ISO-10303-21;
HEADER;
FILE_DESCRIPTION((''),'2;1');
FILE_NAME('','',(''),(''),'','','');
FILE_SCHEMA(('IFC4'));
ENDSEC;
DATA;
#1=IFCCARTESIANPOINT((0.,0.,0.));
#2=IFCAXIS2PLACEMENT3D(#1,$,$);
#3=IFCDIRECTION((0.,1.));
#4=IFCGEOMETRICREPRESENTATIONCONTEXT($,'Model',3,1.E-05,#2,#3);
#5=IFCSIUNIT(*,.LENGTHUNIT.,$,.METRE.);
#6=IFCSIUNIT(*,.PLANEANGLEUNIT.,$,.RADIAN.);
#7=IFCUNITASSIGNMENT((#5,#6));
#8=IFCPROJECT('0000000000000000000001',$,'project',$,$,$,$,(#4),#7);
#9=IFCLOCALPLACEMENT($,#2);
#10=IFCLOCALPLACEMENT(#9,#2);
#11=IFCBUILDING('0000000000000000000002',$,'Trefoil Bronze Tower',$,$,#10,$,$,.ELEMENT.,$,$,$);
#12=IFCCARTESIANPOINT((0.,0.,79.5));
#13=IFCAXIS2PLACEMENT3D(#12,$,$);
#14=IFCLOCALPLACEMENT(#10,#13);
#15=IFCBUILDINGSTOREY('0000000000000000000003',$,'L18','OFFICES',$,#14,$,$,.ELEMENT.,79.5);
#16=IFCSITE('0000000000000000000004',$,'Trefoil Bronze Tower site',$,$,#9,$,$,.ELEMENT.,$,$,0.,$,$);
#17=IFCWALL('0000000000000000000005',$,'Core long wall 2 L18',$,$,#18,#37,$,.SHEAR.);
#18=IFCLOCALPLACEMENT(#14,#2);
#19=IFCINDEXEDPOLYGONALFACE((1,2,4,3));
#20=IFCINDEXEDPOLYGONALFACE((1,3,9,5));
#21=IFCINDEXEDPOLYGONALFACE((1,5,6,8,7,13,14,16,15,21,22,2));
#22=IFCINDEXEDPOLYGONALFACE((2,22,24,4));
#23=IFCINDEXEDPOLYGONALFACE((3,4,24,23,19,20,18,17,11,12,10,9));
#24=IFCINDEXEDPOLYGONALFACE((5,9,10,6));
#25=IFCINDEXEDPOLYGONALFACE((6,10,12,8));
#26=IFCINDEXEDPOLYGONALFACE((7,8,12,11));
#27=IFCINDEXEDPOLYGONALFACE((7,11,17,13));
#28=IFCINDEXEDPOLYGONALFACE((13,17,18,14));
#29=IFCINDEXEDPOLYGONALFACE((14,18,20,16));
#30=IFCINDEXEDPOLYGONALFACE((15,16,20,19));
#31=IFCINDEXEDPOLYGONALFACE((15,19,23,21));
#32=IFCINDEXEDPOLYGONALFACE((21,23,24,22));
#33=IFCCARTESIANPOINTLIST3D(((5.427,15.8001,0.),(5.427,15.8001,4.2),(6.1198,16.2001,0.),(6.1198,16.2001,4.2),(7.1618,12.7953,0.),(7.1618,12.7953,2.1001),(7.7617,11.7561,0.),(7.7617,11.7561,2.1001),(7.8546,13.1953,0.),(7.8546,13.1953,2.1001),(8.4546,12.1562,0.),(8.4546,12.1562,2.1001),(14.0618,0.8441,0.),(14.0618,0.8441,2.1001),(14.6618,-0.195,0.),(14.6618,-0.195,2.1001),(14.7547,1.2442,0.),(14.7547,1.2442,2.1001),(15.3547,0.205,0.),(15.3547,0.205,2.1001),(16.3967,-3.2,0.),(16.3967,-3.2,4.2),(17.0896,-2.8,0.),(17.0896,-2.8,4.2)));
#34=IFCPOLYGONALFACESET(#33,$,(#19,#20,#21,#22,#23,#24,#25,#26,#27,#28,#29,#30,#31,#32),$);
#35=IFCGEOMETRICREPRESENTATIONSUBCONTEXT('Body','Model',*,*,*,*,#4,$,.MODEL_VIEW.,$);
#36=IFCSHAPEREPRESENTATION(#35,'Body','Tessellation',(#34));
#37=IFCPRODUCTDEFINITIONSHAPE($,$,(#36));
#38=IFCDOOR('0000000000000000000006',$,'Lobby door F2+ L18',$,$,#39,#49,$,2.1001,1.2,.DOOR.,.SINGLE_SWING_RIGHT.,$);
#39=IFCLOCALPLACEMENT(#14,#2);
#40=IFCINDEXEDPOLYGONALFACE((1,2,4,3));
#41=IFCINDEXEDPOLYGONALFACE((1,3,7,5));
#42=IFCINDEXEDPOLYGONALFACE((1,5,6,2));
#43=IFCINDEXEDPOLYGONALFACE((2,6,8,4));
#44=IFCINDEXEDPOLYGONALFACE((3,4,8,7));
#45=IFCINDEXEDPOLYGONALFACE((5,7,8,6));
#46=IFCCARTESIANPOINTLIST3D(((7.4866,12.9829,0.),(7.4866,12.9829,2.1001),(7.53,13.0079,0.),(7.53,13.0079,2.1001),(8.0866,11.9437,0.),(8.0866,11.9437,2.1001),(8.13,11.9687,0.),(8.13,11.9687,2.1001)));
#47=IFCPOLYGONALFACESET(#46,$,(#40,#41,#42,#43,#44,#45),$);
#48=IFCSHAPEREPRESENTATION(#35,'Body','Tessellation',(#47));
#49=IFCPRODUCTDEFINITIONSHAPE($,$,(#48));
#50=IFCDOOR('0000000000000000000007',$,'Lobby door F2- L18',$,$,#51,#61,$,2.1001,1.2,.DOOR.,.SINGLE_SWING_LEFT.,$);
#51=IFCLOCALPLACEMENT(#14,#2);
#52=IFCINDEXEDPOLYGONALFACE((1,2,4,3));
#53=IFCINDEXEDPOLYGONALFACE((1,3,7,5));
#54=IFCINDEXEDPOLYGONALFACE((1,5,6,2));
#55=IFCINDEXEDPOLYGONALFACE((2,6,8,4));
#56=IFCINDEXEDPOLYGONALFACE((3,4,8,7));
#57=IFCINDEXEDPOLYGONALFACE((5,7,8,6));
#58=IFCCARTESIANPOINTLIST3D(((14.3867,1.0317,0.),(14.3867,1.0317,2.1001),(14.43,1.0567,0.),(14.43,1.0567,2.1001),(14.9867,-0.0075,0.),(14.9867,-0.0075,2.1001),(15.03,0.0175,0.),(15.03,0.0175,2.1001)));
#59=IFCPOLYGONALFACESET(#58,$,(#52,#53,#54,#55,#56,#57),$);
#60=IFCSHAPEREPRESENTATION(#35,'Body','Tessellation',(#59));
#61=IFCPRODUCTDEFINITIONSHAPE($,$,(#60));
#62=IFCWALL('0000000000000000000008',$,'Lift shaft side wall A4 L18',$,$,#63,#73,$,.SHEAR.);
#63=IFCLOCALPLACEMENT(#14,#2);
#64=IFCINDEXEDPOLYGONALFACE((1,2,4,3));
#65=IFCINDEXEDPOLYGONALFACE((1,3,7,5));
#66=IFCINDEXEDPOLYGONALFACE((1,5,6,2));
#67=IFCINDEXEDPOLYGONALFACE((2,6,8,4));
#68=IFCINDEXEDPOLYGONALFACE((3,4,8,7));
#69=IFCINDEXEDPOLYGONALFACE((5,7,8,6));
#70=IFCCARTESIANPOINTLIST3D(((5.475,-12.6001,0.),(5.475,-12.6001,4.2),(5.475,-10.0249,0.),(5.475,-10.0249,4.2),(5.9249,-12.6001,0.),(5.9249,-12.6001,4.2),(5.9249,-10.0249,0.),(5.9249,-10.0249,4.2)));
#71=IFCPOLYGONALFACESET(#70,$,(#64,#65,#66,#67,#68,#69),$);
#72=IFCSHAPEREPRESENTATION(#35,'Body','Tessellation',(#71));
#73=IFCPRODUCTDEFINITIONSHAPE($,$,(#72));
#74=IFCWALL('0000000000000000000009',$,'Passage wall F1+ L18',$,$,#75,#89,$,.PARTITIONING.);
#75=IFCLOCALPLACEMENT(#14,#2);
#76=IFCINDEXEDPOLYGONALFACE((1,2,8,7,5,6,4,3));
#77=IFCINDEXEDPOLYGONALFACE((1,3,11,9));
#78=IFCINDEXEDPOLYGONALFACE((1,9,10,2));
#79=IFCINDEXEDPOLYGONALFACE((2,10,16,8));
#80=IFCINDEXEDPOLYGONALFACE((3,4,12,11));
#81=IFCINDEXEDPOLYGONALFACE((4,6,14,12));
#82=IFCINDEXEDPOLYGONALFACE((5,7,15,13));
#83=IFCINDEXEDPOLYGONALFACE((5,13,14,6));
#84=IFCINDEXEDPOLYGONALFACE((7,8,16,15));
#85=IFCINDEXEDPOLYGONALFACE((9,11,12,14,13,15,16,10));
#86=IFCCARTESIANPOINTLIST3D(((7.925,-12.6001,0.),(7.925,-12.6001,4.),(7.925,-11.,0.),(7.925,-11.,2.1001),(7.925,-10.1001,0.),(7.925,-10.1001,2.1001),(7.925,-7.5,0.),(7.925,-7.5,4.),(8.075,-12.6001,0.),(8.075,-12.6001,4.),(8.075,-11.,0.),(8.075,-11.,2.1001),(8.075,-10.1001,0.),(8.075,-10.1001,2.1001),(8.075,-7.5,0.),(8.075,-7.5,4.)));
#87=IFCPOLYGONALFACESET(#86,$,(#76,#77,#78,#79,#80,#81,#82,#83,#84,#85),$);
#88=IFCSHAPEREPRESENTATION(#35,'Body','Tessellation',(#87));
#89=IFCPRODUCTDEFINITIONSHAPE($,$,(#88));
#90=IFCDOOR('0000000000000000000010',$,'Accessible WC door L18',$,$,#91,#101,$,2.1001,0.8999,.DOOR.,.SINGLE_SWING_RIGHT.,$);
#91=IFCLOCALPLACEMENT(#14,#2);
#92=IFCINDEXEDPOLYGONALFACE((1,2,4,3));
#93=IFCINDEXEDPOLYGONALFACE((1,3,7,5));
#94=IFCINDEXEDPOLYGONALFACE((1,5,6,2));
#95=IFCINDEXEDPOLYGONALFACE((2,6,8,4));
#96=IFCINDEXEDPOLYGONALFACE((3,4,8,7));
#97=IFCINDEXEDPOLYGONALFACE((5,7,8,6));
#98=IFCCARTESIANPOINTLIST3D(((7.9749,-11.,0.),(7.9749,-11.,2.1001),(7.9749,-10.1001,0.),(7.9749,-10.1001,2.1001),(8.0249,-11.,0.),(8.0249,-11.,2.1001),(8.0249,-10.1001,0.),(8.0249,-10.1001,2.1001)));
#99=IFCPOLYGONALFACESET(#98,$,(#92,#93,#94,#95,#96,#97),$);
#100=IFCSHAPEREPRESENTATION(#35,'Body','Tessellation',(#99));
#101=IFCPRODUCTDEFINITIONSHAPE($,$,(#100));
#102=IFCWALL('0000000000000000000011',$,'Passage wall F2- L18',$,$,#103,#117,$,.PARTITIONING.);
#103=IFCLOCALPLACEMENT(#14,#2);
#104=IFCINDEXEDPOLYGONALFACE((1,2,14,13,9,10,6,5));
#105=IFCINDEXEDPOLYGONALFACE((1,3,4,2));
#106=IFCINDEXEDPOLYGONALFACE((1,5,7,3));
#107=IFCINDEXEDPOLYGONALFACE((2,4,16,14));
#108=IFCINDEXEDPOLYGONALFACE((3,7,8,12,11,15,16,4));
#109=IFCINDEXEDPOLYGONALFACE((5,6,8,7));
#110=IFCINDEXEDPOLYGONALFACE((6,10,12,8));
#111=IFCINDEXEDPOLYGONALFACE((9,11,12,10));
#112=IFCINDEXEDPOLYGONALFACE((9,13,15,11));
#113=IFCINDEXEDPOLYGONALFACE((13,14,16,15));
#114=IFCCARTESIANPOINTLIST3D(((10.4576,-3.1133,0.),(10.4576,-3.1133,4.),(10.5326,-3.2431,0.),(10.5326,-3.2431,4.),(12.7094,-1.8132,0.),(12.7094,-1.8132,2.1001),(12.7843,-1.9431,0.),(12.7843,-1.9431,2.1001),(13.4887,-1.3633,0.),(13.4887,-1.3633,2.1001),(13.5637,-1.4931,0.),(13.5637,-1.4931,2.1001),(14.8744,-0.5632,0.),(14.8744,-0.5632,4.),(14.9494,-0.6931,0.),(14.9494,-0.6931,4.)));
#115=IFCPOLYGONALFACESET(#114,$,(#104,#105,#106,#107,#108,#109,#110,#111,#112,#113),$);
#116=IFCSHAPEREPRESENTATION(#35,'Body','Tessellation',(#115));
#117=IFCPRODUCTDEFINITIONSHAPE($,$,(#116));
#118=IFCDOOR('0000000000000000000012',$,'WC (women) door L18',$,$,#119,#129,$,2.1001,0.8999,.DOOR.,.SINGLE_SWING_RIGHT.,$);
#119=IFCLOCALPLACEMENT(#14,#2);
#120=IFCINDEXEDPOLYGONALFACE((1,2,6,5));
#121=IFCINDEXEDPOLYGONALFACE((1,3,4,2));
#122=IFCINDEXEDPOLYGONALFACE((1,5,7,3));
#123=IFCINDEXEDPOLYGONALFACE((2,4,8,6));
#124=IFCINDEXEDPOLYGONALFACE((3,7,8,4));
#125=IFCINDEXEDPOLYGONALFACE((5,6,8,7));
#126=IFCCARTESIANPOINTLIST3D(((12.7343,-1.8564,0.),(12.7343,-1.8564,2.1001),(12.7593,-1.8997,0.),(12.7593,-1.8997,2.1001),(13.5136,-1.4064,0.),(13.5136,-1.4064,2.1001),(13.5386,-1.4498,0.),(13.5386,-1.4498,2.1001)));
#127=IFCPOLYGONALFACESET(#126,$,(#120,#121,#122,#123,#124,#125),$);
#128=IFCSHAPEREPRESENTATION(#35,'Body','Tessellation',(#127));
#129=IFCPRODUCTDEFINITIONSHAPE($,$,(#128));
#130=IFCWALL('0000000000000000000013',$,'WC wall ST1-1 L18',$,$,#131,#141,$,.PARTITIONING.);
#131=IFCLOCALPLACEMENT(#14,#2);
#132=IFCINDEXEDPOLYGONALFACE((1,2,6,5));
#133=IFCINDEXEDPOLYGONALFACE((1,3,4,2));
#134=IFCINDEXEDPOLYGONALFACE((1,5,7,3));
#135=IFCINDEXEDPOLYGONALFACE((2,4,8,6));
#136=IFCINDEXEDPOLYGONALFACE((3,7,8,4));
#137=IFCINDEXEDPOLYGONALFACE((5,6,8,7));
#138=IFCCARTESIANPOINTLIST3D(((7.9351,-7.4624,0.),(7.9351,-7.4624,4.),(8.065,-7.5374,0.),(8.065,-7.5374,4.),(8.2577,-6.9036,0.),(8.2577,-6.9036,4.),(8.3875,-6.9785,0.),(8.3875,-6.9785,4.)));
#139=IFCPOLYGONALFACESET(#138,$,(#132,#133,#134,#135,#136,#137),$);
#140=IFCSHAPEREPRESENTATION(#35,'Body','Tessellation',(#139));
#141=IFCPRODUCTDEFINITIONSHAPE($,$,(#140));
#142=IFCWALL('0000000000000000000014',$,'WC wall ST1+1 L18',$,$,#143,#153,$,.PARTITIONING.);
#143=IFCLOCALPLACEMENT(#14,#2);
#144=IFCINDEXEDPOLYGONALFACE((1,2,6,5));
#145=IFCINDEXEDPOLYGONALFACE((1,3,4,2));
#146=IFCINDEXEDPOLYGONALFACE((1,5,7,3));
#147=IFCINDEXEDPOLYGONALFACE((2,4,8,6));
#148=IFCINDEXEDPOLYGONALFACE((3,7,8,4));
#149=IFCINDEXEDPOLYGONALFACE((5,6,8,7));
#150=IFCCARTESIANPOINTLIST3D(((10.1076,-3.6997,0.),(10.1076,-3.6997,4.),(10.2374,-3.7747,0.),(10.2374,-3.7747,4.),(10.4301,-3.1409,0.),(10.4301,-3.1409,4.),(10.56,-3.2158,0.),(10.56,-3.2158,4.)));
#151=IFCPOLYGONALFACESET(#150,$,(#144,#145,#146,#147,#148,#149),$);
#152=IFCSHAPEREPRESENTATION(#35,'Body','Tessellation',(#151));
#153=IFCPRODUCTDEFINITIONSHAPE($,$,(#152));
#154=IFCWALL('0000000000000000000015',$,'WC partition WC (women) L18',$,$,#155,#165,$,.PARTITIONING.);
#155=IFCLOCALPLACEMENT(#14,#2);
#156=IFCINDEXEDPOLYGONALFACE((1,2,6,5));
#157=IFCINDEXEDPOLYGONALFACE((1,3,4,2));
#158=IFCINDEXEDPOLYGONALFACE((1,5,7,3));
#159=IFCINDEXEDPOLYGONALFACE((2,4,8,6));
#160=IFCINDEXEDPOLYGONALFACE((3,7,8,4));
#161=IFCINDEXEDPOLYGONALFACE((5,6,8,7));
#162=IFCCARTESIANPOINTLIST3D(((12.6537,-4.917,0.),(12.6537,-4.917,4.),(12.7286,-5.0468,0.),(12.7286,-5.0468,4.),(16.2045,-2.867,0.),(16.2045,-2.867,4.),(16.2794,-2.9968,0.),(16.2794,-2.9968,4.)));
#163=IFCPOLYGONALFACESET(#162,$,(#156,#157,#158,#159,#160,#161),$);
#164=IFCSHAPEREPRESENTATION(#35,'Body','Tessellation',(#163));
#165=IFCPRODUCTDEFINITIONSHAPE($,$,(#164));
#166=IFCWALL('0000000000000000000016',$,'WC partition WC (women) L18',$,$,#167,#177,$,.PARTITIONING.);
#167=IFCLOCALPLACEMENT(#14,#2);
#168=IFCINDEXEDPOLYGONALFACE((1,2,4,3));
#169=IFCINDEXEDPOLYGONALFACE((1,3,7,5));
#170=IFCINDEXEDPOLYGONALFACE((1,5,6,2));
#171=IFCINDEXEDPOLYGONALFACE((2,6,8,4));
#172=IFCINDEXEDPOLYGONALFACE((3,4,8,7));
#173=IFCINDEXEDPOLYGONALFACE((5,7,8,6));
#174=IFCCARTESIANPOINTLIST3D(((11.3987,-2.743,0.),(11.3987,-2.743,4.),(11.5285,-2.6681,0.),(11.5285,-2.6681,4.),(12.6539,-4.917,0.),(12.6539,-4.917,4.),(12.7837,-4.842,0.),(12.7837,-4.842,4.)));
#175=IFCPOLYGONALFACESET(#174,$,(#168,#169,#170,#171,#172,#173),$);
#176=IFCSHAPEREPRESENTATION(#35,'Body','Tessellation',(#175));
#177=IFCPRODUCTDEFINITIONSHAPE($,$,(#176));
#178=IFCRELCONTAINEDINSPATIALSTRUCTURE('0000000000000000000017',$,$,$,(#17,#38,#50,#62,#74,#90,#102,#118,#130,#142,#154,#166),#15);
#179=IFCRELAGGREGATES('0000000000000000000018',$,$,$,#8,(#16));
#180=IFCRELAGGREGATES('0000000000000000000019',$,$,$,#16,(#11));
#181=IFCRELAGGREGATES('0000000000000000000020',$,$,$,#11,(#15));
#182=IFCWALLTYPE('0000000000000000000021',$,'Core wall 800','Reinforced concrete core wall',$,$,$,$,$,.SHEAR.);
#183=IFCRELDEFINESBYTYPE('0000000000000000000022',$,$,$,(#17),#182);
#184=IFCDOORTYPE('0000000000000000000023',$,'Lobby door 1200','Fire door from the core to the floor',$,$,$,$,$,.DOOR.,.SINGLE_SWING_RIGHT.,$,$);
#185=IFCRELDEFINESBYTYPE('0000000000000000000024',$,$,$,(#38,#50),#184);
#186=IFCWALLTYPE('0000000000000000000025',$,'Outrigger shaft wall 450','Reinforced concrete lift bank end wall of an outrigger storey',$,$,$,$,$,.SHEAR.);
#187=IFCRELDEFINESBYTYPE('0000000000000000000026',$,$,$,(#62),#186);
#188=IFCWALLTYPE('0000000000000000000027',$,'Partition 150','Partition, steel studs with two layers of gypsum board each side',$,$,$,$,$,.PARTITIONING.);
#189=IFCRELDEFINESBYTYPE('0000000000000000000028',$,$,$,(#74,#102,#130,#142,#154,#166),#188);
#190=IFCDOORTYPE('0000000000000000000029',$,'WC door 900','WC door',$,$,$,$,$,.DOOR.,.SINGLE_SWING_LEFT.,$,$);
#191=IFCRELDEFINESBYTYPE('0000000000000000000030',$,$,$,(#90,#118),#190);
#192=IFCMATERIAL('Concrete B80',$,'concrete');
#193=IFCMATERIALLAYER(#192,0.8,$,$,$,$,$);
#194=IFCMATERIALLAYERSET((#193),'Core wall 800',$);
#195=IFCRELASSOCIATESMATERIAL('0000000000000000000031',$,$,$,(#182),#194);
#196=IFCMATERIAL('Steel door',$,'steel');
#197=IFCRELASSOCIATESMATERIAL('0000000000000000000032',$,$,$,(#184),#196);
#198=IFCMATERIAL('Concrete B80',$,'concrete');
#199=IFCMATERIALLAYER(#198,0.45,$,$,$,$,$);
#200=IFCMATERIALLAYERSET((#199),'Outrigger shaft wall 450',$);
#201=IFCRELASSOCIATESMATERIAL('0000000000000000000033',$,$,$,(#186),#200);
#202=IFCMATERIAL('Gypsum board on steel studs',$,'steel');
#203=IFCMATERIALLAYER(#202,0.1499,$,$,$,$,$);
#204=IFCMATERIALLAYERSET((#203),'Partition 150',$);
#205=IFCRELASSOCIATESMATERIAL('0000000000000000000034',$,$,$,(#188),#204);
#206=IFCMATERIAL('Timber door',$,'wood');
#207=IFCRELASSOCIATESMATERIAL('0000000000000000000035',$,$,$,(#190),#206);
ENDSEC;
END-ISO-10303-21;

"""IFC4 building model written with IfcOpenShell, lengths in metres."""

from ifc_helpers import new_model, si_unit, direction, frame, frame_2d, origin, place, context, subcontext, project, spatial, rectangle, extrude, material, layer, layer_set, type_object, element, fill, save


model = new_model("IFC4")

# Units and contexts
model_context = context("Model", 3, precision=1e-05, world=origin(), true_north=direction((0.0, 1.0)))
body_context = subcontext(model_context, "Body", "Model", "MODEL_VIEW")
ifc_project = project(units=[si_unit("LENGTHUNIT", "METRE"), si_unit("PLANEANGLEUNIT", "RADIAN")], contexts=[model_context])

# Site, building, storey
site_placement = place(None, origin())
site = spatial("IfcSite", under=ifc_project, at=site_placement, Name="Trefoil Bronze Tower site", CompositionType="ELEMENT", RefElevation=0.0)
building_placement = place(site_placement, origin())
building = spatial("IfcBuilding", under=site, at=building_placement, Name="Trefoil Bronze Tower", CompositionType="ELEMENT")
storey_placement = place(building_placement, frame((0.0, 0.0, 79.5)))
storey = spatial("IfcBuildingStorey", under=building, at=storey_placement, Name="L18", Description="OFFICES", CompositionType="ELEMENT", Elevation=79.5)

# Shared definitions
ifc_material_1 = material(Name="Concrete B80", Category="concrete")
ifc_layer_1 = layer(ifc_material_1, 0.8)
ifc_layer_set_1 = layer_set([ifc_layer_1], Name="Core wall 800")
wall_type_1 = type_object("IfcWallType", Name="Core wall 800", Description="Reinforced concrete core wall", PredefinedType="SHEAR", material=ifc_layer_set_1)

# Wall, openings, doors
wall_1_placement = place(storey_placement, frame((16.7432, -3.0, 0.0), z_axis=(0.0, 0.0, 1.0), x_axis=(-0.500002, 0.866024, 0.0)))
wall_1 = element("IfcWall", 1, at=wall_1_placement, inside=storey, type_object=wall_type_1, Name="Core long wall 2 L18", PredefinedType="SHEAR", context=body_context, shape_type="SweptSolid", body=[
    extrude(rectangle(XDim=21.9395, YDim=0.8, at=frame_2d((10.9697, 0.0))), origin(), (0.0, 0.0, 1.0), 4.2),
])
opening_1_placement = place(wall_1_placement, frame((17.2698, 0.0, 0.0)))
opening_1 = element("IfcOpeningElement", 2, at=opening_1_placement, cuts=wall_1, PredefinedType="OPENING", context=body_context, shape_type="SweptSolid", body=[
    extrude(rectangle(XDim=1.2, YDim=2.1001, at=frame_2d((0.6001, 1.05))), frame((0.0, 0.4099, 0.0), z_axis=(0.0, -1.0, 0.0), x_axis=(1.0, 0.0, 0.0)), (0.0, 0.0, 1.0), 0.8201),
])
opening_2_placement = place(wall_1_placement, frame((3.4697, 0.0, 0.0)))
opening_2 = element("IfcOpeningElement", 3, at=opening_2_placement, cuts=wall_1, PredefinedType="OPENING", context=body_context, shape_type="SweptSolid", body=[
    extrude(rectangle(XDim=1.2, YDim=2.1001, at=frame_2d((0.6001, 1.05))), frame((0.0, 0.4099, 0.0), z_axis=(0.0, -1.0, 0.0), x_axis=(1.0, 0.0, 0.0)), (0.0, 0.0, 1.0), 0.8201),
])
ifc_material_2 = material(Name="Steel door", Category="steel")
door_type_1 = type_object("IfcDoorType", Name="Lobby door 1200", Description="Fire door from the core to the floor", OperationType="SINGLE_SWING_RIGHT", PredefinedType="DOOR", material=ifc_material_2)
door_1_placement = place(opening_1_placement, origin())
door_1 = element("IfcDoor", 4, at=door_1_placement, inside=storey, type_object=door_type_1, Name="Lobby door F2+ L18", OperationType="SINGLE_SWING_RIGHT", OverallHeight=2.1001, OverallWidth=1.2, PredefinedType="DOOR", context=body_context, shape_type="SweptSolid", body=[
    extrude(rectangle(XDim=1.2, YDim=2.1001, at=frame_2d((0.6001, 1.05))), frame((0.0, 0.0249, 0.0), z_axis=(0.0, -1.0, 0.0), x_axis=(1.0, 0.0, 0.0)), (0.0, 0.0, 1.0), 0.05),
])
fill(opening_1, door_1)
door_2_placement = place(opening_2_placement, origin())
door_2 = element("IfcDoor", 5, at=door_2_placement, inside=storey, type_object=door_type_1, Name="Lobby door F2- L18", OperationType="SINGLE_SWING_LEFT", OverallHeight=2.1001, OverallWidth=1.2, PredefinedType="DOOR", context=body_context, shape_type="SweptSolid", body=[
    extrude(rectangle(XDim=1.2, YDim=2.1001, at=frame_2d((0.6001, 1.05))), frame((0.0, 0.0249, 0.0), z_axis=(0.0, -1.0, 0.0), x_axis=(1.0, 0.0, 0.0)), (0.0, 0.0, 1.0), 0.05),
])
fill(opening_2, door_2)

# Wall
ifc_material_3 = material(Name="Concrete B80", Category="concrete")
ifc_layer_2 = layer(ifc_material_3, 0.45)
ifc_layer_set_2 = layer_set([ifc_layer_2], Name="Outrigger shaft wall 450")
wall_type_2 = type_object("IfcWallType", Name="Outrigger shaft wall 450", Description="Reinforced concrete lift bank end wall of an outrigger storey", PredefinedType="SHEAR", material=ifc_layer_set_2)
wall_2_placement = place(storey_placement, frame((5.7, -10.0249, 0.0), z_axis=(0.0, 0.0, 1.0), x_axis=(0.0, -1.0, 0.0)))
element("IfcWall", 6, at=wall_2_placement, inside=storey, type_object=wall_type_2, Name="Lift shaft side wall A4 L18", PredefinedType="SHEAR", context=body_context, shape_type="SweptSolid", body=[
    extrude(rectangle(XDim=2.5752, YDim=0.45, at=frame_2d((1.2876, 0.0))), origin(), (0.0, 0.0, 1.0), 4.2),
])

# Walls, openings, doors
ifc_material_4 = material(Name="Gypsum board on steel studs", Category="steel")
ifc_layer_3 = layer(ifc_material_4, 0.1499)
ifc_layer_set_3 = layer_set([ifc_layer_3], Name="Partition 150")
wall_type_3 = type_object("IfcWallType", Name="Partition 150", Description="Partition, steel studs with two layers of gypsum board each side", PredefinedType="PARTITIONING", material=ifc_layer_set_3)
wall_3_placement = place(storey_placement, frame((8.0, -7.5, 0.0), z_axis=(0.0, 0.0, 1.0), x_axis=(0.0, -1.0, 0.0)))
wall_3 = element("IfcWall", 7, at=wall_3_placement, inside=storey, type_object=wall_type_3, Name="Passage wall F1+ L18", PredefinedType="PARTITIONING", context=body_context, shape_type="SweptSolid", body=[
    extrude(rectangle(XDim=5.1001, YDim=0.1499, at=frame_2d((2.55, 0.0))), origin(), (0.0, 0.0, 1.0), 4.0),
])
opening_3_placement = place(wall_3_placement, frame((2.6001, 0.0, 0.0)))
opening_3 = element("IfcOpeningElement", 8, at=opening_3_placement, cuts=wall_3, PredefinedType="OPENING", context=body_context, shape_type="SweptSolid", body=[
    extrude(rectangle(XDim=0.8999, YDim=2.1001, at=frame_2d((0.45, 1.05))), frame((0.0, 0.085, 0.0), z_axis=(0.0, -1.0, 0.0), x_axis=(1.0, 0.0, 0.0)), (0.0, 0.0, 1.0), 0.1699),
])
ifc_material_5 = material(Name="Timber door", Category="wood")
door_type_2 = type_object("IfcDoorType", Name="WC door 900", Description="WC door", OperationType="SINGLE_SWING_LEFT", PredefinedType="DOOR", material=ifc_material_5)
door_3_placement = place(opening_3_placement, origin())
door_3 = element("IfcDoor", 9, at=door_3_placement, inside=storey, type_object=door_type_2, Name="Accessible WC door L18", OperationType="SINGLE_SWING_RIGHT", OverallHeight=2.1001, OverallWidth=0.8999, PredefinedType="DOOR", context=body_context, shape_type="SweptSolid", body=[
    extrude(rectangle(XDim=0.8999, YDim=2.1001, at=frame_2d((0.45, 1.05))), frame((0.0, 0.0249, 0.0), z_axis=(0.0, -1.0, 0.0), x_axis=(1.0, 0.0, 0.0)), (0.0, 0.0, 1.0), 0.05),
])
fill(opening_3, door_3)
wall_4_placement = place(storey_placement, frame((10.4951, -3.1782, 0.0), z_axis=(0.0, 0.0, 1.0), x_axis=(0.866022, 0.500006, 0.0)))
wall_4 = element("IfcWall", 10, at=wall_4_placement, inside=storey, type_object=wall_type_3, Name="Passage wall F2- L18", PredefinedType="PARTITIONING", context=body_context, shape_type="SweptSolid", body=[
    extrude(rectangle(XDim=5.1001, YDim=0.1499, at=frame_2d((2.55, 0.0))), origin(), (0.0, 0.0, 1.0), 4.0),
])
opening_4_placement = place(wall_4_placement, frame((2.6001, 0.0, 0.0)))
opening_4 = element("IfcOpeningElement", 11, at=opening_4_placement, cuts=wall_4, PredefinedType="OPENING", context=body_context, shape_type="SweptSolid", body=[
    extrude(rectangle(XDim=0.8999, YDim=2.1001, at=frame_2d((0.45, 1.05))), frame((0.0, 0.085, 0.0), z_axis=(0.0, -1.0, 0.0), x_axis=(1.0, 0.0, 0.0)), (0.0, 0.0, 1.0), 0.1699),
])
door_4_placement = place(opening_4_placement, frame((0.8999, 0.0, 0.0), z_axis=(0.0, 0.0, 1.0), x_axis=(-1.0, 0.0, 0.0)))
door_4 = element("IfcDoor", 12, at=door_4_placement, inside=storey, type_object=door_type_2, Name="WC (women) door L18", OperationType="SINGLE_SWING_RIGHT", OverallHeight=2.1001, OverallWidth=0.8999, PredefinedType="DOOR", context=body_context, shape_type="SweptSolid", body=[
    extrude(rectangle(XDim=0.8999, YDim=2.1001, at=frame_2d((0.45, 1.05))), frame((0.0, 0.0249, 0.0), z_axis=(0.0, -1.0, 0.0), x_axis=(1.0, 0.0, 0.0)), (0.0, 0.0, 1.0), 0.05),
])
fill(opening_4, door_4)

# Walls
for number, where, z_axis, x_axis, name in (
    (13, (8.0, -7.5, 0.0), (0.0, 0.0, 1.0), (0.499843, 0.866116, 0.0), "WC wall ST1-1 L18"),
    (14, (10.4951, -3.1782, 0.0), (0.0, 0.0, 1.0), (-0.499843, -0.866116, 0.0), "WC wall ST1+1 L18"),
):
    element("IfcWall", number, at=place(storey_placement, frame(where, z_axis=z_axis, x_axis=x_axis)), inside=storey, type_object=wall_type_3, Name=name, PredefinedType="PARTITIONING", context=body_context, shape_type="SweptSolid", body=[
        extrude(rectangle(XDim=0.6453, YDim=0.1499, at=frame_2d((0.3228, 0.0))), origin(), (0.0, 0.0, 1.0), 4.0),
    ])
wall_5_placement = place(storey_placement, frame((12.6912, -4.9819, 0.0), z_axis=(0.0, 0.0, 1.0), x_axis=(0.866025, 0.500001, 0.0)))
element("IfcWall", 15, at=wall_5_placement, inside=storey, type_object=wall_type_3, Name="WC partition WC (women) L18", PredefinedType="PARTITIONING", context=body_context, shape_type="SweptSolid", body=[
    extrude(rectangle(XDim=4.1001, YDim=0.1499, at=frame_2d((2.05, 0.0))), origin(), (0.0, 0.0, 1.0), 4.0),
])
wall_6_placement = place(storey_placement, frame((11.4636, -2.7056, 0.0), z_axis=(0.0, 0.0, 1.0), x_axis=(0.50002, -0.866014, 0.0)))
element("IfcWall", 16, at=wall_6_placement, inside=storey, type_object=wall_type_3, Name="WC partition WC (women) L18", PredefinedType="PARTITIONING", context=body_context, shape_type="SweptSolid", body=[
    extrude(rectangle(XDim=2.5103, YDim=0.1499, at=frame_2d((1.2551, 0.0))), origin(), (0.0, 0.0, 1.0), 4.0),
])

save(model, "model.ifc")
